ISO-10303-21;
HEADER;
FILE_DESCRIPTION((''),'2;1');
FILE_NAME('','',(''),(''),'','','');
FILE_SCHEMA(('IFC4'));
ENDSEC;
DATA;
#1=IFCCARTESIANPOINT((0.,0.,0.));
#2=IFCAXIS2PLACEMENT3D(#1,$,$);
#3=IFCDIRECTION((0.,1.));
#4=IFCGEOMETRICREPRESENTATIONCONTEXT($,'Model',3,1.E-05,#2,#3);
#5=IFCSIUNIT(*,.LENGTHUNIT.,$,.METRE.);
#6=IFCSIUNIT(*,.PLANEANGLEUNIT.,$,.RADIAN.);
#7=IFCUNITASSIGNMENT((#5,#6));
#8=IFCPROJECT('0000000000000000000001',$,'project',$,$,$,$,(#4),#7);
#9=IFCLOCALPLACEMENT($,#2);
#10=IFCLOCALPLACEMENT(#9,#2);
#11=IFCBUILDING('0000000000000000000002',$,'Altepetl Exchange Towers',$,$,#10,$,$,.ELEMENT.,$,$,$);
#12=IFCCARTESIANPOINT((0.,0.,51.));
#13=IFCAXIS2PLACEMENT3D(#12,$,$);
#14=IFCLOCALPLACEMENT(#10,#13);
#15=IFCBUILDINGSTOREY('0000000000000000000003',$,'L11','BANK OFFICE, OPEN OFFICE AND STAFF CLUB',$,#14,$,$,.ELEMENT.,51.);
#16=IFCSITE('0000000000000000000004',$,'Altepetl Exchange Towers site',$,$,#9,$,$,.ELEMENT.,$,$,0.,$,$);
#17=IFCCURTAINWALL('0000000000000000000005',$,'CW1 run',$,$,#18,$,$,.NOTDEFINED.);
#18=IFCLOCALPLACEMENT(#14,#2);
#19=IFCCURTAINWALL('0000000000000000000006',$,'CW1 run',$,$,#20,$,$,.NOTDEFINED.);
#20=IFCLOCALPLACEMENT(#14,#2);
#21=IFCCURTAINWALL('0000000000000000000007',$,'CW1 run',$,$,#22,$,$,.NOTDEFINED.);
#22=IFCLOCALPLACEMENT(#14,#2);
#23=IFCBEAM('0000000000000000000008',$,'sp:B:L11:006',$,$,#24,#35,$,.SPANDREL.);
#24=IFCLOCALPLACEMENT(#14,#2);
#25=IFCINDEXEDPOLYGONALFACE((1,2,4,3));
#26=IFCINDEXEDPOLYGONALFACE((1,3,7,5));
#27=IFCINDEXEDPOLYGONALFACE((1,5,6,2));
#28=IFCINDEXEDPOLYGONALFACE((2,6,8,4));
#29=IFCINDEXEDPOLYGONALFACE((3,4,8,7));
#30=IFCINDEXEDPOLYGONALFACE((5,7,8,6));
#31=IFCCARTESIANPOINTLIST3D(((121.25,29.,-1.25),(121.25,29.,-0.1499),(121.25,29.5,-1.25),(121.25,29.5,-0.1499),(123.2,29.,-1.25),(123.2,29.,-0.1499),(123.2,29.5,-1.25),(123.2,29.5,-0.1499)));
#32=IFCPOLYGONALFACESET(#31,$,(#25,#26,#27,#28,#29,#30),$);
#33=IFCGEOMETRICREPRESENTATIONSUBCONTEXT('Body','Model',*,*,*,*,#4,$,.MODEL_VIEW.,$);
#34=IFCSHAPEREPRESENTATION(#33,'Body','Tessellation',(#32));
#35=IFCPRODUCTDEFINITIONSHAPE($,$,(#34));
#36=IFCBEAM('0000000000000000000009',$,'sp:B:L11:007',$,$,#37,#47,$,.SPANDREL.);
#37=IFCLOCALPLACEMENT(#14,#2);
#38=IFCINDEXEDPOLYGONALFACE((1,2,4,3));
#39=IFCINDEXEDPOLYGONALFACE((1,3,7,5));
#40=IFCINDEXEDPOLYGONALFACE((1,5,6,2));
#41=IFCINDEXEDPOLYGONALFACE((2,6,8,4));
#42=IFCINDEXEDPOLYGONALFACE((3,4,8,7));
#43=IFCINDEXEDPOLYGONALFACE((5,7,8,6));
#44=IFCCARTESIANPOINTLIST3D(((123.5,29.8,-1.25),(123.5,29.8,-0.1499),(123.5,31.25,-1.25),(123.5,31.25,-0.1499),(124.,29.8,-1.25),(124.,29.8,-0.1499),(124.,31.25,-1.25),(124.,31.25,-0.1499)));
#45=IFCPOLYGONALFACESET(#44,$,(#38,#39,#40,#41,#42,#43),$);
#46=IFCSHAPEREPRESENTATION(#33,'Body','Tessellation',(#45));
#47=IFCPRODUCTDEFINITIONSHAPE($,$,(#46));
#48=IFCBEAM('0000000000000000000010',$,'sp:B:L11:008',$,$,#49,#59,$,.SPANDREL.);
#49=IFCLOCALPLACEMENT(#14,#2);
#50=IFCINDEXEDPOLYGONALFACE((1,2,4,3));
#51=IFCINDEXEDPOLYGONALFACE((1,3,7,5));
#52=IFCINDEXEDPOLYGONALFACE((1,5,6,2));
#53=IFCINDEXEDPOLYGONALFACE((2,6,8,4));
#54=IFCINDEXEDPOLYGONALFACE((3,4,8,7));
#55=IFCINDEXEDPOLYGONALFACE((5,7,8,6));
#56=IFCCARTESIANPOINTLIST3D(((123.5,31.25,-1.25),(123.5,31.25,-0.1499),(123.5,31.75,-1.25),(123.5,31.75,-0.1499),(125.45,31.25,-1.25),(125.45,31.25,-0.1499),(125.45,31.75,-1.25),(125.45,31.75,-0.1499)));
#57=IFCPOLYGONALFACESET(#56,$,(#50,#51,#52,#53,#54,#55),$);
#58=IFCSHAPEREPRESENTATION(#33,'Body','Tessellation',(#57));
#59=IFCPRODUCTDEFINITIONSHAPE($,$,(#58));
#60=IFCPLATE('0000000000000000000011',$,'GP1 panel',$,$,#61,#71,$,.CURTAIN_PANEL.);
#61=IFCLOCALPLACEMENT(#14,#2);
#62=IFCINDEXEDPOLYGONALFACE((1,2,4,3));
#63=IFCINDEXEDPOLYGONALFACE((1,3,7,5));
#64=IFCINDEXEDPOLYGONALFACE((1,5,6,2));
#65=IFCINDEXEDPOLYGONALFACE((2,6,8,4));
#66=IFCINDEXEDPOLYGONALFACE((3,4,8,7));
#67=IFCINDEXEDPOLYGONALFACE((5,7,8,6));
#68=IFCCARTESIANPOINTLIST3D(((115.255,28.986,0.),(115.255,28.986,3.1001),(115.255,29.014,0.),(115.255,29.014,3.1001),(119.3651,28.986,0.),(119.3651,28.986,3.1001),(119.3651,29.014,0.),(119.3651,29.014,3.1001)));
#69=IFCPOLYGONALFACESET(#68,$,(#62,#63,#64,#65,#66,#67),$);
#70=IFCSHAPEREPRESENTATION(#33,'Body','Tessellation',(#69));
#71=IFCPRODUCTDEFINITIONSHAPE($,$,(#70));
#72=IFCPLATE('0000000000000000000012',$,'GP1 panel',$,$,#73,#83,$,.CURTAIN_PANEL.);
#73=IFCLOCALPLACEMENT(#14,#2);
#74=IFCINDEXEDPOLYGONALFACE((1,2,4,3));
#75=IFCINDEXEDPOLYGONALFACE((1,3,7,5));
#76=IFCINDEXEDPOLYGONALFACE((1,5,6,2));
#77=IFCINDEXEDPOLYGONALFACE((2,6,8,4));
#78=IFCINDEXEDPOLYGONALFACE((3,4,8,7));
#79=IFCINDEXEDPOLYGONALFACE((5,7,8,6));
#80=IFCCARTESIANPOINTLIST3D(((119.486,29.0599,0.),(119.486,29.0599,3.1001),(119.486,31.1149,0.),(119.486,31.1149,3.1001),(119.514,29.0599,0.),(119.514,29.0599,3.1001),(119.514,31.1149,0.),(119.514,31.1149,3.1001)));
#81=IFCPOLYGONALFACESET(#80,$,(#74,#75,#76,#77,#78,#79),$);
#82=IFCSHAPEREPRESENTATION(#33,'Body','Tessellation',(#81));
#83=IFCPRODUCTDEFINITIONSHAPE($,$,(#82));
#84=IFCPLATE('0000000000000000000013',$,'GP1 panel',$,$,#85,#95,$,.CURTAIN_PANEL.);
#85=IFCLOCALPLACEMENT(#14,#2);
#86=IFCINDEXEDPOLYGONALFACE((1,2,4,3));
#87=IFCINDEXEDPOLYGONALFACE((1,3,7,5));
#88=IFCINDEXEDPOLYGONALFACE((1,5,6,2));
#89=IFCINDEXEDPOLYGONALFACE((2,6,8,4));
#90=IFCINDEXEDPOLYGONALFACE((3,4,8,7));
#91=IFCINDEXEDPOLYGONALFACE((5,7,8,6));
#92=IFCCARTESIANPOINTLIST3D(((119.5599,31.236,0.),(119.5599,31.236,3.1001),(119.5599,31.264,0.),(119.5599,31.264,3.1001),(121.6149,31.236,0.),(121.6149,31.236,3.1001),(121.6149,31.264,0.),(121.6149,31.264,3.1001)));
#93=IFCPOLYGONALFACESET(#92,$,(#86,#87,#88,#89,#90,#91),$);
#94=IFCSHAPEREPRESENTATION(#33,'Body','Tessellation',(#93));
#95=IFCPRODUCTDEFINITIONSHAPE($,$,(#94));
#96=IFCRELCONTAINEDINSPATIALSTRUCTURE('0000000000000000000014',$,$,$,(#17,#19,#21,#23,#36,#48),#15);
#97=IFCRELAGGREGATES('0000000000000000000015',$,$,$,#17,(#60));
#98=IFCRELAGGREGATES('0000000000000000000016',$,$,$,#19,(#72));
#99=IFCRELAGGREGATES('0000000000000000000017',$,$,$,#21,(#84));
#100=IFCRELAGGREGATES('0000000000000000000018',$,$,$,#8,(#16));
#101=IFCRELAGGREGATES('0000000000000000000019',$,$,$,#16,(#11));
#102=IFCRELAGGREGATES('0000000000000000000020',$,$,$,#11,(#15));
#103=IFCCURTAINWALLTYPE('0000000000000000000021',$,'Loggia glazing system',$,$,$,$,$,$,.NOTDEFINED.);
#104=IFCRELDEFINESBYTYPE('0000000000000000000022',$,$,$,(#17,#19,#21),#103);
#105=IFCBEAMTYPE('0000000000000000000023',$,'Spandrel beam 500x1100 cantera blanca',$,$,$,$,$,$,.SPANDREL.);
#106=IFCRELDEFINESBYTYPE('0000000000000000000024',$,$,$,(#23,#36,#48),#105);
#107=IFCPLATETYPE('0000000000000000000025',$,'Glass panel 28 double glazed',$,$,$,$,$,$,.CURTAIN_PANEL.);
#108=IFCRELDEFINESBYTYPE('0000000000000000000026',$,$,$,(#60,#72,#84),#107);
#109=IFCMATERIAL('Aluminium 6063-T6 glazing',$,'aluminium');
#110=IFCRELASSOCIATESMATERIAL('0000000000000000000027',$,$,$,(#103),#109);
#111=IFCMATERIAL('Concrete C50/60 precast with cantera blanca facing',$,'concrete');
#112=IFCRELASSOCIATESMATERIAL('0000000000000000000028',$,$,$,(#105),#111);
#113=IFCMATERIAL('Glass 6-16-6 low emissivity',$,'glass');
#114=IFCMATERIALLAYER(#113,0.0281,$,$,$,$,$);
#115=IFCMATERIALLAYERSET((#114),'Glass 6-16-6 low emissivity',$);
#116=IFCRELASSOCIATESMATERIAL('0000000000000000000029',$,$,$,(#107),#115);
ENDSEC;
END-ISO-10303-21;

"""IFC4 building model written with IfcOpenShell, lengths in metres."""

from ifc_helpers import new_model, si_unit, direction, frame, origin, origin_2d, place, context, subcontext, project, spatial, rectangle, extrude, material, layer, layer_set, material_profile, profile_set, type_object, element, aggregate, save


model = new_model("IFC4")

# Units and contexts
model_context = context("Model", 3, precision=1e-05, world=origin(), true_north=direction((0.0, 1.0)))
body_context = subcontext(model_context, "Body", "Model", "MODEL_VIEW")
ifc_project = project(units=[si_unit("LENGTHUNIT", "METRE"), si_unit("PLANEANGLEUNIT", "RADIAN")], contexts=[model_context])

# Site, building, storey
site_placement = place(None, origin())
site = spatial("IfcSite", under=ifc_project, at=site_placement, Name="Altepetl Exchange Towers site", CompositionType="ELEMENT", RefElevation=0.0)
building_placement = place(site_placement, origin())
building = spatial("IfcBuilding", under=site, at=building_placement, Name="Altepetl Exchange Towers", CompositionType="ELEMENT")
storey_placement = place(building_placement, frame((0.0, 0.0, 51.0)))
storey = spatial("IfcBuildingStorey", under=building, at=storey_placement, Name="L11", Description="BANK OFFICE, OPEN OFFICE AND STAFF CLUB", CompositionType="ELEMENT", Elevation=51.0)

# Curtain wall
ifc_material_1 = material(Name="Aluminium 6063-T6 glazing", Category="aluminium")
curtain_wall_type = type_object("IfcCurtainWallType", Name="Loggia glazing system", PredefinedType="NOTDEFINED", material=ifc_material_1)
curtain_wall_1_placement = place(storey_placement, origin())
curtain_wall_1 = element("IfcCurtainWall", 1, at=curtain_wall_1_placement, inside=storey, type_object=curtain_wall_type, Name="CW1 run", PredefinedType="NOTDEFINED")

# Curtain walls
curtain_wall_2_placement = place(storey_placement, origin())
curtain_wall_2 = element("IfcCurtainWall", 2, at=curtain_wall_2_placement, inside=storey, type_object=curtain_wall_type, Name="CW1 run", PredefinedType="NOTDEFINED")
curtain_wall_3_placement = place(storey_placement, origin())
curtain_wall_3 = element("IfcCurtainWall", 3, at=curtain_wall_3_placement, inside=storey, type_object=curtain_wall_type, Name="CW1 run", PredefinedType="NOTDEFINED")

# Beams
ifc_material_2 = material(Name="Concrete C50/60 precast with cantera blanca facing", Category="concrete")
ifc_material_profile_1 = material_profile(ifc_material_2, rectangle(XDim=0.5, YDim=1.1001, at=origin_2d()), Name="500 x 1100")
ifc_profile_set_1 = profile_set([ifc_material_profile_1], Name="Concrete C50/60 precast with cantera blanca facing")
beam_type_1 = type_object("IfcBeamType", Name="Spandrel beam 500x1100 cantera blanca", PredefinedType="SPANDREL", material=ifc_profile_set_1)
beam_1_placement = place(storey_placement, frame((121.25, 29.25, -0.7), z_axis=(1.0, 0.0, 0.0), x_axis=(0.0, 1.0, 0.0)))
element("IfcBeam", 4, at=beam_1_placement, inside=storey, type_object=beam_type_1, Name="sp:B:L11:006", PredefinedType="SPANDREL", context=body_context, shape_type="SweptSolid", body=[
    extrude(rectangle(XDim=0.5, YDim=1.1001, at=origin_2d()), origin(), (0.0, 0.0, 1.0), 1.95),
])
beam_2_placement = place(storey_placement, frame((123.75, 29.8, -0.7), z_axis=(0.0, 1.0, 0.0), x_axis=(-1.0, 0.0, 0.0)))
element("IfcBeam", 5, at=beam_2_placement, inside=storey, type_object=beam_type_1, Name="sp:B:L11:007", PredefinedType="SPANDREL", context=body_context, shape_type="SweptSolid", body=[
    extrude(rectangle(XDim=0.5, YDim=1.1001, at=origin_2d()), origin(), (0.0, 0.0, 1.0), 1.45),
])
beam_3_placement = place(storey_placement, frame((123.5, 31.5, -0.7), z_axis=(1.0, 0.0, 0.0), x_axis=(0.0, 1.0, 0.0)))
element("IfcBeam", 6, at=beam_3_placement, inside=storey, type_object=beam_type_1, Name="sp:B:L11:008", PredefinedType="SPANDREL", context=body_context, shape_type="SweptSolid", body=[
    extrude(rectangle(XDim=0.5, YDim=1.1001, at=origin_2d()), origin(), (0.0, 0.0, 1.0), 1.95),
])

# Plates
ifc_material_3 = material(Name="Glass 6-16-6 low emissivity", Category="glass")
ifc_layer = layer(ifc_material_3, 0.0281)
ifc_layer_set = layer_set([ifc_layer], Name="Glass 6-16-6 low emissivity")
plate_type = type_object("IfcPlateType", Name="Glass panel 28 double glazed", PredefinedType="CURTAIN_PANEL", material=ifc_layer_set)
plate_1_placement = place(storey_placement, frame((117.3101, 29.0, 0.0)))
plate_1 = element("IfcPlate", 7, at=plate_1_placement, type_object=plate_type, Name="GP1 panel", PredefinedType="CURTAIN_PANEL", context=body_context, shape_type="SweptSolid", body=[
    extrude(rectangle(XDim=4.1101, YDim=0.0281, at=origin_2d()), origin(), (0.0, 0.0, 1.0), 3.1001),
])
aggregate(curtain_wall_1, [plate_1])
plate_2_placement = place(storey_placement, frame((119.5, 30.0874, 0.0), z_axis=(0.0, 0.0, 1.0), x_axis=(0.0, 1.0, 0.0)))
plate_2 = element("IfcPlate", 8, at=plate_2_placement, type_object=plate_type, Name="GP1 panel", PredefinedType="CURTAIN_PANEL", context=body_context, shape_type="SweptSolid", body=[
    extrude(rectangle(XDim=2.0549, YDim=0.0281, at=origin_2d()), origin(), (0.0, 0.0, 1.0), 3.1001),
])
aggregate(curtain_wall_2, [plate_2])
plate_3_placement = place(storey_placement, frame((120.5874, 31.25, 0.0)))
plate_3 = element("IfcPlate", 9, at=plate_3_placement, type_object=plate_type, Name="GP1 panel", PredefinedType="CURTAIN_PANEL", context=body_context, shape_type="SweptSolid", body=[
    extrude(rectangle(XDim=2.0549, YDim=0.0281, at=origin_2d()), origin(), (0.0, 0.0, 1.0), 3.1001),
])
aggregate(curtain_wall_3, [plate_3])

save(model, "model.ifc")
